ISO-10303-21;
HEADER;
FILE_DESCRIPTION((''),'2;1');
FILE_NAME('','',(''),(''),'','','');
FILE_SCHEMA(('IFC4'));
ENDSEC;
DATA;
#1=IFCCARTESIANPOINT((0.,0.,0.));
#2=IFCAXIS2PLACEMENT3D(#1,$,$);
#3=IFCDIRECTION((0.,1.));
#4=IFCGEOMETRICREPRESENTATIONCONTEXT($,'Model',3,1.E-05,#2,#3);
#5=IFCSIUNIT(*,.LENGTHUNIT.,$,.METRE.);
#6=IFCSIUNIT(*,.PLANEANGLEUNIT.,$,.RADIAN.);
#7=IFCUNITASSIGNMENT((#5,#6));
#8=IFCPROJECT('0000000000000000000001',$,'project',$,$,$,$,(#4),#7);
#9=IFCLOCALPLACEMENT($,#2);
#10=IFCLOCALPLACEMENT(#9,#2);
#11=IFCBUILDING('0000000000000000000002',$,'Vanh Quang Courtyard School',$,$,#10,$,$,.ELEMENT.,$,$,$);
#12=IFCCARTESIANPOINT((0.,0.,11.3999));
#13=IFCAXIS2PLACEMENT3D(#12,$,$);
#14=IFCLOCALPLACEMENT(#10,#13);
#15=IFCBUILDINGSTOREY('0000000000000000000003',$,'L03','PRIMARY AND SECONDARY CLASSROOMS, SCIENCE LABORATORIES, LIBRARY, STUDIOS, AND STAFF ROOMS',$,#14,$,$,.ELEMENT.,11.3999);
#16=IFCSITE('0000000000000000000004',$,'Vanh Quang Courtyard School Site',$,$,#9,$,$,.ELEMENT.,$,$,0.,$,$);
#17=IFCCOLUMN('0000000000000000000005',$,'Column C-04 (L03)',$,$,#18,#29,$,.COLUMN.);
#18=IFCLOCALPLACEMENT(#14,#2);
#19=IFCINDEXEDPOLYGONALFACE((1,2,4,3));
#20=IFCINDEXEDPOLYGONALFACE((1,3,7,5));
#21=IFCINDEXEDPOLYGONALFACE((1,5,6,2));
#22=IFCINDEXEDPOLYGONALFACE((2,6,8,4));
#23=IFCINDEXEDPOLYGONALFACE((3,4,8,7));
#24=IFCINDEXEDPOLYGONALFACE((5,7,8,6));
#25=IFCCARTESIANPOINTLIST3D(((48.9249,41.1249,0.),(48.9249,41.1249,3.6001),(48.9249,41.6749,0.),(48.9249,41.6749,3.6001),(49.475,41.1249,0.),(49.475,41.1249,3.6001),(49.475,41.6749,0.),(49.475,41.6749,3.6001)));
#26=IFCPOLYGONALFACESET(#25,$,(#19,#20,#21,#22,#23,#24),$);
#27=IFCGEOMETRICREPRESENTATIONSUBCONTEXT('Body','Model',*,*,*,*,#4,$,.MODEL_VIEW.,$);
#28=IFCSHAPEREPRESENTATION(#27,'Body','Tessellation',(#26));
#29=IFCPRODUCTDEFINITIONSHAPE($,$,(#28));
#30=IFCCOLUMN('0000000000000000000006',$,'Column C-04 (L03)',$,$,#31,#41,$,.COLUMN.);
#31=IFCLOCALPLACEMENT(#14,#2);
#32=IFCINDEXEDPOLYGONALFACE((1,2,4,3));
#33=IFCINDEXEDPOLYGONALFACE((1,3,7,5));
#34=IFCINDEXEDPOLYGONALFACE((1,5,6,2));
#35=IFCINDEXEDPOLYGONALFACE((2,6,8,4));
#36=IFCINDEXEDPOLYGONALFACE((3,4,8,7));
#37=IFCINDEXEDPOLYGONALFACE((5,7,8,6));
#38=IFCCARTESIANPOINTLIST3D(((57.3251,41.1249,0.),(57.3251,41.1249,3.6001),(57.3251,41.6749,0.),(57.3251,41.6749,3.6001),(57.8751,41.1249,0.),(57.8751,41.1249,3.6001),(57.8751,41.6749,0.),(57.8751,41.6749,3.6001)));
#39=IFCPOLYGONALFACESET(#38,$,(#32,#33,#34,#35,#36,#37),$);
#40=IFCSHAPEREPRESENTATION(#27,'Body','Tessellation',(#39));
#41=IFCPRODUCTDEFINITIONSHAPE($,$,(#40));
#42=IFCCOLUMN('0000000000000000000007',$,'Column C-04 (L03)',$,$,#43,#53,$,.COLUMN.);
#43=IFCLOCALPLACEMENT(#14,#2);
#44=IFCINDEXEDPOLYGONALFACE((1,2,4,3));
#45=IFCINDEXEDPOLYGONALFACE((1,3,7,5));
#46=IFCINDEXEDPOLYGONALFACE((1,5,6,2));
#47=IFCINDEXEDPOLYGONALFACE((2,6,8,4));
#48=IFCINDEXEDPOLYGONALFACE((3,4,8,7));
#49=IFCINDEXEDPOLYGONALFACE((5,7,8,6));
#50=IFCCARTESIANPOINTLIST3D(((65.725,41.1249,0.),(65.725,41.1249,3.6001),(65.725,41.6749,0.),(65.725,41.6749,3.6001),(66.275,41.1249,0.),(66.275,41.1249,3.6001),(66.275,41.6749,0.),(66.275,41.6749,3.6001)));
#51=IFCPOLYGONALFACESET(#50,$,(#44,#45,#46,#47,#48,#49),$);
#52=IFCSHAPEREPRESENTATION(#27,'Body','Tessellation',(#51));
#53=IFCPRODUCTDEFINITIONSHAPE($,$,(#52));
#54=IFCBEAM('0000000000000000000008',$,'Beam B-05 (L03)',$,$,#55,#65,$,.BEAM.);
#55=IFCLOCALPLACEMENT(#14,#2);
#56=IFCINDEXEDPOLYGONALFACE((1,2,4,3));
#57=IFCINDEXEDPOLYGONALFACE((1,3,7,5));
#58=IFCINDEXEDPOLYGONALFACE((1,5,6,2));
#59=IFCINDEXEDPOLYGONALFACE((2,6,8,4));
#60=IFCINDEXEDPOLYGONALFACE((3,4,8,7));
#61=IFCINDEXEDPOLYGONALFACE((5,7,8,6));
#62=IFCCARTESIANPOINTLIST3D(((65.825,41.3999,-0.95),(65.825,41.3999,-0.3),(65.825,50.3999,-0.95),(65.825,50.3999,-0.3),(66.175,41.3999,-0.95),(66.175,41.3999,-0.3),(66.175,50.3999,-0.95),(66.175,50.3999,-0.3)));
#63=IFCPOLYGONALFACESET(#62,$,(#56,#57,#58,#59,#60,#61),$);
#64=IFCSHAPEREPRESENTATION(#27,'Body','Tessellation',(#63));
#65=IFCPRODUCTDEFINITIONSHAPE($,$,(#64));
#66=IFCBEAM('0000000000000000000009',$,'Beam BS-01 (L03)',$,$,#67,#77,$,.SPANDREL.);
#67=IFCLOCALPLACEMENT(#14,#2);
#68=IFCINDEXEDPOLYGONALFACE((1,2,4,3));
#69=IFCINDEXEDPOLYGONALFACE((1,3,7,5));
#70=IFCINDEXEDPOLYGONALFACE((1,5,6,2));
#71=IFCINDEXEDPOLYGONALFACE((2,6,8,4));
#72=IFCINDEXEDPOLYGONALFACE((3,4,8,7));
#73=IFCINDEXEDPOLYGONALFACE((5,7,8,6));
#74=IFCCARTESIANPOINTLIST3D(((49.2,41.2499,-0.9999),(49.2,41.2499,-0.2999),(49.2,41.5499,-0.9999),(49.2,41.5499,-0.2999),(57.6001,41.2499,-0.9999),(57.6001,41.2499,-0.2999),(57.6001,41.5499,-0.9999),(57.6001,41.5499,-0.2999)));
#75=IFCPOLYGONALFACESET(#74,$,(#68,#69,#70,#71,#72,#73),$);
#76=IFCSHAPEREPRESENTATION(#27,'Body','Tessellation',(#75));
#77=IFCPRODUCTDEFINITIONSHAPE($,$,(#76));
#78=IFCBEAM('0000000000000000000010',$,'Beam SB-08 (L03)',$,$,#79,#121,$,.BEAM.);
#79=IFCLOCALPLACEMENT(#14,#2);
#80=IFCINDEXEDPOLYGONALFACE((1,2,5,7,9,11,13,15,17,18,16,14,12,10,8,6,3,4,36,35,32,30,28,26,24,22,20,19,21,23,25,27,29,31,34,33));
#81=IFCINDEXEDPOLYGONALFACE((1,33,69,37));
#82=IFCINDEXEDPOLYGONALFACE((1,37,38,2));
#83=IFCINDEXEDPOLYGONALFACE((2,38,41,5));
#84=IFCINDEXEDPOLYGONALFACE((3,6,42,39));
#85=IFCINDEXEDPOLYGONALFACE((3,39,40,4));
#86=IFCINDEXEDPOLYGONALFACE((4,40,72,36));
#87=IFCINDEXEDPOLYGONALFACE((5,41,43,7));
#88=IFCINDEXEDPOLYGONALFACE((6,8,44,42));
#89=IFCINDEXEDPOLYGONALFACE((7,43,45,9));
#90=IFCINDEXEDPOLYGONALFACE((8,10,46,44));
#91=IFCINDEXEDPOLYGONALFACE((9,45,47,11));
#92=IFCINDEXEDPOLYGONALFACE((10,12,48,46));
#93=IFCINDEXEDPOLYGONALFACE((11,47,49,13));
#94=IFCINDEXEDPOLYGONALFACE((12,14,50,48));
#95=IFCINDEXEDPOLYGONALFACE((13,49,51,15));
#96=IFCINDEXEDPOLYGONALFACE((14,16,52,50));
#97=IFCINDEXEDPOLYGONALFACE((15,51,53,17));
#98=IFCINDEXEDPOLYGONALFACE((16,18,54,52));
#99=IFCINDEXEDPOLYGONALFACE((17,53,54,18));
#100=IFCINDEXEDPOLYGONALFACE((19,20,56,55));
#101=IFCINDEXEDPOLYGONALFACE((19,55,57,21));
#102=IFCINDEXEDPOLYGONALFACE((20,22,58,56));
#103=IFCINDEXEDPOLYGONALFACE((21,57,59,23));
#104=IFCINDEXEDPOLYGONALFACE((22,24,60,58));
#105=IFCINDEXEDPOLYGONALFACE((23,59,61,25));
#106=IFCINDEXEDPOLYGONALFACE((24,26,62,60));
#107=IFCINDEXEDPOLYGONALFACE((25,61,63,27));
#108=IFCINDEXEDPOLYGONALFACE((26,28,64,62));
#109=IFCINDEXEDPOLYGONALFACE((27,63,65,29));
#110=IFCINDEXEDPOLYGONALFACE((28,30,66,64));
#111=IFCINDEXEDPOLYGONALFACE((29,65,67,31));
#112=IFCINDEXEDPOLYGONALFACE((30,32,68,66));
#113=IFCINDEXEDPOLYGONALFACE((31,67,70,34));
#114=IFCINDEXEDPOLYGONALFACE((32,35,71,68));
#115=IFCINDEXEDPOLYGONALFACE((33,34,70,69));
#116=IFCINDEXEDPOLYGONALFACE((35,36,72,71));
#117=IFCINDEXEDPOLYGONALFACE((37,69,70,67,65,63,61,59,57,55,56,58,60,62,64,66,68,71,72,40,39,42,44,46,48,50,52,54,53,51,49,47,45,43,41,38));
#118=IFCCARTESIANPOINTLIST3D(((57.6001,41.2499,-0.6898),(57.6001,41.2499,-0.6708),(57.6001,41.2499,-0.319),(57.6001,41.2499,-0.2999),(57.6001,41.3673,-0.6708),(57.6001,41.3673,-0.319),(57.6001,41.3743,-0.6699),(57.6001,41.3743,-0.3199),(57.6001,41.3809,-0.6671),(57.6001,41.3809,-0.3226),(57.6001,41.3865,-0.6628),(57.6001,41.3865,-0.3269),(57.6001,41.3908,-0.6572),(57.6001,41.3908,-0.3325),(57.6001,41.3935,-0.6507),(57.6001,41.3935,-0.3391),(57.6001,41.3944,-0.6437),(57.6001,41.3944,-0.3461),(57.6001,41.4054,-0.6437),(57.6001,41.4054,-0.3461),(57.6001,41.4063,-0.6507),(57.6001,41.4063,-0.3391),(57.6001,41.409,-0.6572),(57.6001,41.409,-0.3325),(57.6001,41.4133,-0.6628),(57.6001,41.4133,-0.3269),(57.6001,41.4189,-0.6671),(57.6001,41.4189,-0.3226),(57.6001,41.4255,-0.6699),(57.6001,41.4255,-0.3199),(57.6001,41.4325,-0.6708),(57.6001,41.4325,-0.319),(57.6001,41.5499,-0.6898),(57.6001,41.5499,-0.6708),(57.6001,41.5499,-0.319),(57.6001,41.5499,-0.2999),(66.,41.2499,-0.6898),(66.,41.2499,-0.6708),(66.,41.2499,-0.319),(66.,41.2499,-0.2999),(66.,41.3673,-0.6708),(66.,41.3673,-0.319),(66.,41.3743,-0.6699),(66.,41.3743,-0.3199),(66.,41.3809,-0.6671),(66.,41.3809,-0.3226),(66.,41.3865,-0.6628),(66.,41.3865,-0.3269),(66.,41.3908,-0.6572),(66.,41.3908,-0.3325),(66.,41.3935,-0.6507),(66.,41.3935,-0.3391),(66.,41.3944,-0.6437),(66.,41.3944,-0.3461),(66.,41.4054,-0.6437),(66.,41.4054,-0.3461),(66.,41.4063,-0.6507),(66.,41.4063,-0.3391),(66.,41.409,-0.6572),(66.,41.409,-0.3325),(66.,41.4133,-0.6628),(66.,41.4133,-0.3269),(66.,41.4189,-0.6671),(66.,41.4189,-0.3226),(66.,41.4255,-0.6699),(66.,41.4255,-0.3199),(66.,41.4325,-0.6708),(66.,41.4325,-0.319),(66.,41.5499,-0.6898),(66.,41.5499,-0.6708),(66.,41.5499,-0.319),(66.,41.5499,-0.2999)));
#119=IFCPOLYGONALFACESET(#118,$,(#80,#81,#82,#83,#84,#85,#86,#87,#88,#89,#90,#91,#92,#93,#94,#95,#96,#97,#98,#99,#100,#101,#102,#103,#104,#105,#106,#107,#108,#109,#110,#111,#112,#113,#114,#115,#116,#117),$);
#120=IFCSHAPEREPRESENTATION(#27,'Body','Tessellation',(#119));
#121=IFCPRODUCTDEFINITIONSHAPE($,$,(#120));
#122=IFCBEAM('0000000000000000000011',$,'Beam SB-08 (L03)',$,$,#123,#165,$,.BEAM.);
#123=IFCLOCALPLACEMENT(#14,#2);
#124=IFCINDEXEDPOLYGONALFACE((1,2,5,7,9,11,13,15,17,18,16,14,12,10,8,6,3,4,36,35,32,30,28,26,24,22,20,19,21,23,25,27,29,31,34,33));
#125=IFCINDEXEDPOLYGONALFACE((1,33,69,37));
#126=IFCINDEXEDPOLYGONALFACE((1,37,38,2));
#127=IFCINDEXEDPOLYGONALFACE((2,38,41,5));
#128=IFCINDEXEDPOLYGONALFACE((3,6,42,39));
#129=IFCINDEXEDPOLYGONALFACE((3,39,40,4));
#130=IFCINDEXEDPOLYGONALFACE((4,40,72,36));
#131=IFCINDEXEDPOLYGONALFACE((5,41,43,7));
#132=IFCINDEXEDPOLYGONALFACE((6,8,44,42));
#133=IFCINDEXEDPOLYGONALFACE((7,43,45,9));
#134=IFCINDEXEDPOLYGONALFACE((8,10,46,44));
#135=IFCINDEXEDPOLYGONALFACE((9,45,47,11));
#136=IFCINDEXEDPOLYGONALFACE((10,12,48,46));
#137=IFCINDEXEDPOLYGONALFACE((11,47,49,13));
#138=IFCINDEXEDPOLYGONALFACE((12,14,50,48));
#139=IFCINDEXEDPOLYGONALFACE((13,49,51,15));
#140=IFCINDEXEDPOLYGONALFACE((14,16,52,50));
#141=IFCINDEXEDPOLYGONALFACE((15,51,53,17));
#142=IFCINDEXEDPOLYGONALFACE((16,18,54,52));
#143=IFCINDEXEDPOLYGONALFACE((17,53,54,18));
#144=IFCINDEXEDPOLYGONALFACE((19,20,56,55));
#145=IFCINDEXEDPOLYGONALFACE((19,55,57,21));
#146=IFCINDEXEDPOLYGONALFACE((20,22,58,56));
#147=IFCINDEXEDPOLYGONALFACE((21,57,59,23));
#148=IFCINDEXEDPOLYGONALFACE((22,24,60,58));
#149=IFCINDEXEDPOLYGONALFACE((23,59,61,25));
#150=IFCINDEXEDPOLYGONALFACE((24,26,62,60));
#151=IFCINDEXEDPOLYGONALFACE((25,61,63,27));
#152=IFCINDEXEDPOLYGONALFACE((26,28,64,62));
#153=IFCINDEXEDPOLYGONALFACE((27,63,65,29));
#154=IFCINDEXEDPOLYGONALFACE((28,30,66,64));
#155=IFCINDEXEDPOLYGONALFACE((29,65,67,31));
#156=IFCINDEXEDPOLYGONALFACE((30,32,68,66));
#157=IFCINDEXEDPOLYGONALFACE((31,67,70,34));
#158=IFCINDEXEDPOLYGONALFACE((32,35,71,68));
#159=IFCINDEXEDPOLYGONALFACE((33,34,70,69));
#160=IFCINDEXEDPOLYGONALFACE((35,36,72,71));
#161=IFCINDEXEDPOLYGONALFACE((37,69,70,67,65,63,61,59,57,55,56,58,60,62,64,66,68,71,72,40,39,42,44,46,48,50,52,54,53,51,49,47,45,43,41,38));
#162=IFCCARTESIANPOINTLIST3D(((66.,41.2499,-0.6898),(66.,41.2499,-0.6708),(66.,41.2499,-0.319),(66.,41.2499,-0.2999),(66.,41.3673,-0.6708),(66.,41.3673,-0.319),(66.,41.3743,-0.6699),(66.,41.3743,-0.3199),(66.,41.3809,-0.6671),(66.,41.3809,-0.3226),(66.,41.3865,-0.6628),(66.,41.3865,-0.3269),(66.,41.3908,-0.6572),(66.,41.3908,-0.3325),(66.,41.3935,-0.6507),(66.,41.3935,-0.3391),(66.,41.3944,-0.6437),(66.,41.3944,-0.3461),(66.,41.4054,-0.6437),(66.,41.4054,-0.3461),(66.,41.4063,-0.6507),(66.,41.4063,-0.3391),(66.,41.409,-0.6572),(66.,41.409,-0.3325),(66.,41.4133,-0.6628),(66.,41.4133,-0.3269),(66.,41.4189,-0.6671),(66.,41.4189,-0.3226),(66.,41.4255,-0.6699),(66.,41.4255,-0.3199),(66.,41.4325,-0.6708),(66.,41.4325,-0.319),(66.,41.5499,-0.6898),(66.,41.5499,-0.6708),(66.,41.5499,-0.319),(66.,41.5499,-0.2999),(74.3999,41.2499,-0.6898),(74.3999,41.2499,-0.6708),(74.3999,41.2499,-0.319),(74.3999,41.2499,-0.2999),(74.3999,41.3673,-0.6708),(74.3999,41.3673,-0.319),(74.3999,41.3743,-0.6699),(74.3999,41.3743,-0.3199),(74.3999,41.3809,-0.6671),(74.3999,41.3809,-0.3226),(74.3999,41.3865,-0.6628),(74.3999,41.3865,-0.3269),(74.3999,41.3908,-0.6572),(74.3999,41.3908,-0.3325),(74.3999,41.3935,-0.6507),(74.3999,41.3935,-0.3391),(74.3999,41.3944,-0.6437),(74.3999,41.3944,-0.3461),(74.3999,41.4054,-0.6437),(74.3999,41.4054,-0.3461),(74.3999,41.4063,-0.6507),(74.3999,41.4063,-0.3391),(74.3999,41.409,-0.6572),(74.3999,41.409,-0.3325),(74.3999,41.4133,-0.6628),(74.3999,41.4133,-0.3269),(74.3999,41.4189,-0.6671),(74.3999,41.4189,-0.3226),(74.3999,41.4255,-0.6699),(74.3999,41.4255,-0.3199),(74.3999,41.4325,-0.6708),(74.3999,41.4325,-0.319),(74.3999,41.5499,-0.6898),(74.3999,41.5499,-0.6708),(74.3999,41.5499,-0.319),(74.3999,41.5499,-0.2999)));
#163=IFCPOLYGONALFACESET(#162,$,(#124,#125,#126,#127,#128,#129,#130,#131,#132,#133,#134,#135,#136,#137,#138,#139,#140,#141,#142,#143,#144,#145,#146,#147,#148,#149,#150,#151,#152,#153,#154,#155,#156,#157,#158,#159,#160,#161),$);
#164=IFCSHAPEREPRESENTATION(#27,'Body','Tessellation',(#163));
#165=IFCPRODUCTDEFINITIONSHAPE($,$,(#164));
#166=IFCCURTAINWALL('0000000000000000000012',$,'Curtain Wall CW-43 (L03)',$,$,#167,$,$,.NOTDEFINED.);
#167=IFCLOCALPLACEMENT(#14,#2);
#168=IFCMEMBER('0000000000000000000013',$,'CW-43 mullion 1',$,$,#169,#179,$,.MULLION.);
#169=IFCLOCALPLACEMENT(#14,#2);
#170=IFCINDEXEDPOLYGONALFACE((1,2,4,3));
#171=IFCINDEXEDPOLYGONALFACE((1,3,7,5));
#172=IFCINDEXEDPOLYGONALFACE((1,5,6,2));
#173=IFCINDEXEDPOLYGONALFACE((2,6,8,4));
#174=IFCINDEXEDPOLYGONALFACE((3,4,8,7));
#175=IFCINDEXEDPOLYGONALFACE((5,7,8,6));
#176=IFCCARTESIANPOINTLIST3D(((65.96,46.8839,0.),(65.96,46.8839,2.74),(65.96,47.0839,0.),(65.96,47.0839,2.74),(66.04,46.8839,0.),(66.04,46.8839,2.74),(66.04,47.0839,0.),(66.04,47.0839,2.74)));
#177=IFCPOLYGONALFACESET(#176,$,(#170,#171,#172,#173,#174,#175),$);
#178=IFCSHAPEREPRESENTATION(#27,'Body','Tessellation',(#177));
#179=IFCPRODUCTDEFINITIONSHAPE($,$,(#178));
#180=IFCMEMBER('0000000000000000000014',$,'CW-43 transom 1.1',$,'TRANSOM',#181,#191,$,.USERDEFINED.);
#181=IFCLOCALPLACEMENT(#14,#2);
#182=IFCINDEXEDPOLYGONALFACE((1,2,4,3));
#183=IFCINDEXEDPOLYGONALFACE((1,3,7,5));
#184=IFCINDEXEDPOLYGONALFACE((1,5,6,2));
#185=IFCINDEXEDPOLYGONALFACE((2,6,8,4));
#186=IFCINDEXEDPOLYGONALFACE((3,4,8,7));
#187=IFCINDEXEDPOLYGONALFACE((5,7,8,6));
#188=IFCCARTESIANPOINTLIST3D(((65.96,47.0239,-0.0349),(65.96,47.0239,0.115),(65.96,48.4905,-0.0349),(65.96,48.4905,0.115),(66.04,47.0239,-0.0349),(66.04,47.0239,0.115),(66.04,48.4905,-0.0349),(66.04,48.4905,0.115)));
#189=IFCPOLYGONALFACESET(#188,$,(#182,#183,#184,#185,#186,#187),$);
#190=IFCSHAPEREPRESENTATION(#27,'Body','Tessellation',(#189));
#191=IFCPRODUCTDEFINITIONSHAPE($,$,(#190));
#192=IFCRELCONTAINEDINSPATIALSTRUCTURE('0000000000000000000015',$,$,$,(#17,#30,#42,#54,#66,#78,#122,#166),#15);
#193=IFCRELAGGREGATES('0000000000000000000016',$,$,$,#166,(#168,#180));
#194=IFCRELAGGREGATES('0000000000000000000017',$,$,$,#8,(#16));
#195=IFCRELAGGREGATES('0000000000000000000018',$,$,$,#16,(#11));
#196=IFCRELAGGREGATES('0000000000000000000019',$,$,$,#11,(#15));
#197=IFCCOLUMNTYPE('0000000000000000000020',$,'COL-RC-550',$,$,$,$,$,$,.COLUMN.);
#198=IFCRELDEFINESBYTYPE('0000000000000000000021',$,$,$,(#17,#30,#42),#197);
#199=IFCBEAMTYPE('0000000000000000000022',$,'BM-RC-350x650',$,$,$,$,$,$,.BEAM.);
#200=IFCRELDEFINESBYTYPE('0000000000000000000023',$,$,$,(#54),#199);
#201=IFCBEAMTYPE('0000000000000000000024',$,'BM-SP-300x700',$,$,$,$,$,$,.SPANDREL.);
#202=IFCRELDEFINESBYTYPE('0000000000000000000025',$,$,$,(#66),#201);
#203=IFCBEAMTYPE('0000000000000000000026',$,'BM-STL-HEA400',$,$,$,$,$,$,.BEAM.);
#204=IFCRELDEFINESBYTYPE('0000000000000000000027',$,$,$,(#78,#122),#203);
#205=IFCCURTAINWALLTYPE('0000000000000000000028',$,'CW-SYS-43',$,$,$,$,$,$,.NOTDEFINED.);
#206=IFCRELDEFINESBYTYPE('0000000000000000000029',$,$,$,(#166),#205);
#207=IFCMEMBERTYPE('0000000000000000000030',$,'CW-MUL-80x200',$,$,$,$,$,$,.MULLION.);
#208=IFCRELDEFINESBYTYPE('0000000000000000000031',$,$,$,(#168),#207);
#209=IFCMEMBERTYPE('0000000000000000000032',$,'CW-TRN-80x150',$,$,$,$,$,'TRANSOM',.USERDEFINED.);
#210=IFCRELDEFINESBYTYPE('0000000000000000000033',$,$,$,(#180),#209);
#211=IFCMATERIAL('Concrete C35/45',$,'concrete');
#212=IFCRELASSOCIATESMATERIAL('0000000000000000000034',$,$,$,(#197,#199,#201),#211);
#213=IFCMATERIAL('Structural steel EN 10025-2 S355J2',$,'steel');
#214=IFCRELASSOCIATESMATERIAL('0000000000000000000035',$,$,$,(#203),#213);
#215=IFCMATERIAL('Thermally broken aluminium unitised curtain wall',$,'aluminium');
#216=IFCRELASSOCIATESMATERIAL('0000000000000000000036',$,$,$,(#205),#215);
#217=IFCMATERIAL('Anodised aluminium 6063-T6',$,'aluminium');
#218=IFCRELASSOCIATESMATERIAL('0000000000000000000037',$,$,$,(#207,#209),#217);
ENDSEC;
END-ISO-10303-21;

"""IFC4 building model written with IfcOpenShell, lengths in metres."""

from ifc_helpers import new_model, si_unit, direction, frame, origin, origin_2d, place, context, subcontext, project, spatial, rectangle, i_section, extrude, material, material_profile, profile_set, type_object, element, aggregate, save


model = new_model("IFC4")

# Units and contexts
model_context = context("Model", 3, precision=1e-05, world=origin(), true_north=direction((0.0, 1.0)))
body_context = subcontext(model_context, "Body", "Model", "MODEL_VIEW")
ifc_project = project(units=[si_unit("LENGTHUNIT", "METRE"), si_unit("PLANEANGLEUNIT", "RADIAN")], contexts=[model_context])

# Site, building, storey
site_placement = place(None, origin())
site = spatial("IfcSite", under=ifc_project, at=site_placement, Name="Vanh Quang Courtyard School Site", CompositionType="ELEMENT", RefElevation=0.0)
building_placement = place(site_placement, origin())
building = spatial("IfcBuilding", under=site, at=building_placement, Name="Vanh Quang Courtyard School", CompositionType="ELEMENT")
storey_placement = place(building_placement, frame((0.0, 0.0, 11.3999)))
storey = spatial("IfcBuildingStorey", under=building, at=storey_placement, Name="L03", Description="PRIMARY AND SECONDARY CLASSROOMS, SCIENCE LABORATORIES, LIBRARY, STUDIOS, AND STAFF ROOMS", CompositionType="ELEMENT", Elevation=11.3999)

# Columns
ifc_material_1 = material(Name="Concrete C35/45", Category="concrete")
ifc_material_profile_1 = material_profile(ifc_material_1, rectangle(XDim=0.55, YDim=0.55, at=origin_2d()), Name="RC-COL 550x550")
ifc_profile_set_1 = profile_set([ifc_material_profile_1], Name="Concrete C35/45")
column_type = type_object("IfcColumnType", Name="COL-RC-550", PredefinedType="COLUMN", material=ifc_profile_set_1)
for number, where, z_axis, x_axis, name in (
    (1, (49.2, 41.3999, 0.0), (0.0, 0.0, 1.0), (1.0, 0.0, 0.0), "Column C-04 (L03)"),
    (2, (57.6001, 41.3999, 0.0), (0.0, 0.0, 1.0), (1.0, 0.0, 0.0), "Column C-04 (L03)"),
    (3, (66.0, 41.3999, 0.0), (0.0, 0.0, 1.0), (1.0, 0.0, 0.0), "Column C-04 (L03)"),
):
    element("IfcColumn", number, at=place(storey_placement, frame(where, z_axis=z_axis, x_axis=x_axis)), inside=storey, type_object=column_type, Name=name, PredefinedType="COLUMN", context=body_context, shape_type="SweptSolid", body=[
        extrude(rectangle(XDim=0.55, YDim=0.55, at=origin_2d()), origin(), (0.0, 0.0, 1.0), 3.6001),
    ])

# Beams
ifc_material_profile_2 = material_profile(ifc_material_1, rectangle(XDim=0.3501, YDim=0.6499, at=origin_2d()), Name="RC-BM 350x650")
ifc_profile_set_2 = profile_set([ifc_material_profile_2], Name="Concrete C35/45")
beam_type_1 = type_object("IfcBeamType", Name="BM-RC-350x650", PredefinedType="BEAM", material=ifc_profile_set_2)
beam_1_placement = place(storey_placement, frame((66.0, 41.3999, -0.625), z_axis=(0.0, 1.0, 0.0), x_axis=(-1.0, 0.0, 0.0)))
element("IfcBeam", 4, at=beam_1_placement, inside=storey, type_object=beam_type_1, Name="Beam B-05 (L03)", PredefinedType="BEAM", context=body_context, shape_type="SweptSolid", body=[
    extrude(rectangle(XDim=0.3501, YDim=0.6499, at=origin_2d()), origin(), (0.0, 0.0, 1.0), 9.0),
])
ifc_material_profile_3 = material_profile(ifc_material_1, rectangle(XDim=0.3, YDim=0.7, at=origin_2d()), Name="RC-SP 300x700")
ifc_profile_set_3 = profile_set([ifc_material_profile_3], Name="Concrete C35/45")
beam_type_2 = type_object("IfcBeamType", Name="BM-SP-300x700", PredefinedType="SPANDREL", material=ifc_profile_set_3)
beam_2_placement = place(storey_placement, frame((49.2, 41.3999, -0.6499), z_axis=(1.0, 0.0, 0.0), x_axis=(0.0, 1.0, 0.0)))
element("IfcBeam", 5, at=beam_2_placement, inside=storey, type_object=beam_type_2, Name="Beam BS-01 (L03)", PredefinedType="SPANDREL", context=body_context, shape_type="SweptSolid", body=[
    extrude(rectangle(XDim=0.3, YDim=0.7, at=origin_2d()), origin(), (0.0, 0.0, 1.0), 8.4001),
])
ifc_material_2 = material(Name="Structural steel EN 10025-2 S355J2", Category="steel")
ifc_material_profile_4 = material_profile(ifc_material_2, i_section(OverallWidth=0.3, OverallDepth=0.3899, WebThickness=0.011, FlangeThickness=0.019, FilletRadius=0.0271, at=origin_2d()), Name="HEA 400")
ifc_profile_set_4 = profile_set([ifc_material_profile_4], Name="Structural steel EN 10025-2 S355J2")
beam_type_3 = type_object("IfcBeamType", Name="BM-STL-HEA400", PredefinedType="BEAM", material=ifc_profile_set_4)
for number, where, z_axis, x_axis, name in (
    (6, (57.6001, 41.3999, -0.4949), (1.0, 0.0, 0.0), (0.0, 1.0, 0.0), "Beam SB-08 (L03)"),
    (7, (66.0, 41.3999, -0.4949), (1.0, 0.0, 0.0), (0.0, 1.0, 0.0), "Beam SB-08 (L03)"),
):
    element("IfcBeam", number, at=place(storey_placement, frame(where, z_axis=z_axis, x_axis=x_axis)), inside=storey, type_object=beam_type_3, Name=name, PredefinedType="BEAM", context=body_context, shape_type="SweptSolid", body=[
        extrude(i_section(OverallWidth=0.3, OverallDepth=0.3899, WebThickness=0.011, FlangeThickness=0.019, FilletRadius=0.0271, at=origin_2d()), origin(), (0.0, 0.0, 1.0), 8.3999),
    ])

# Curtain wall, members
ifc_material_3 = material(Name="Thermally broken aluminium unitised curtain wall", Category="aluminium")
curtain_wall_type = type_object("IfcCurtainWallType", Name="CW-SYS-43", PredefinedType="NOTDEFINED", material=ifc_material_3)
curtain_wall_placement = place(storey_placement, origin())
curtain_wall = element("IfcCurtainWall", 8, at=curtain_wall_placement, inside=storey, type_object=curtain_wall_type, Name="Curtain Wall CW-43 (L03)", PredefinedType="NOTDEFINED")
ifc_material_4 = material(Name="Anodised aluminium 6063-T6", Category="aluminium")
ifc_material_profile_5 = material_profile(ifc_material_4, rectangle(XDim=0.0801, YDim=0.2, at=origin_2d()), Name="ALU-MUL 80x200")
ifc_profile_set_5 = profile_set([ifc_material_profile_5], Name="Anodised aluminium 6063-T6")
member_type_1 = type_object("IfcMemberType", Name="CW-MUL-80x200", PredefinedType="MULLION", material=ifc_profile_set_5)
member_1_placement = place(storey_placement, frame((66.0, 46.9839, 0.0), z_axis=(0.0, 0.0, 1.0), x_axis=(-1.0, 0.0, 0.0)))
member_1 = element("IfcMember", 9, at=member_1_placement, type_object=member_type_1, Name="CW-43 mullion 1", PredefinedType="MULLION", context=body_context, shape_type="SweptSolid", body=[
    extrude(rectangle(XDim=0.0801, YDim=0.2, at=origin_2d()), origin(), (0.0, 0.0, 1.0), 2.74),
])
ifc_material_profile_6 = material_profile(ifc_material_4, rectangle(XDim=0.0801, YDim=0.1499, at=origin_2d()), Name="ALU-TRN 80x150")
ifc_profile_set_6 = profile_set([ifc_material_profile_6], Name="Anodised aluminium 6063-T6")
member_type_2 = type_object("IfcMemberType", Name="CW-TRN-80x150", ElementType="TRANSOM", PredefinedType="USERDEFINED", material=ifc_profile_set_6)
member_2_placement = place(storey_placement, frame((66.0, 47.0239, 0.04), z_axis=(0.0, 1.0, 0.0), x_axis=(-1.0, 0.0, 0.0)))
member_2 = element("IfcMember", 10, at=member_2_placement, type_object=member_type_2, Name="CW-43 transom 1.1", ObjectType="TRANSOM", PredefinedType="USERDEFINED", context=body_context, shape_type="SweptSolid", body=[
    extrude(rectangle(XDim=0.0801, YDim=0.1499, at=origin_2d()), origin(), (0.0, 0.0, 1.0), 1.4666),
])
aggregate(curtain_wall, [member_1, member_2])

save(model, "model.ifc")
